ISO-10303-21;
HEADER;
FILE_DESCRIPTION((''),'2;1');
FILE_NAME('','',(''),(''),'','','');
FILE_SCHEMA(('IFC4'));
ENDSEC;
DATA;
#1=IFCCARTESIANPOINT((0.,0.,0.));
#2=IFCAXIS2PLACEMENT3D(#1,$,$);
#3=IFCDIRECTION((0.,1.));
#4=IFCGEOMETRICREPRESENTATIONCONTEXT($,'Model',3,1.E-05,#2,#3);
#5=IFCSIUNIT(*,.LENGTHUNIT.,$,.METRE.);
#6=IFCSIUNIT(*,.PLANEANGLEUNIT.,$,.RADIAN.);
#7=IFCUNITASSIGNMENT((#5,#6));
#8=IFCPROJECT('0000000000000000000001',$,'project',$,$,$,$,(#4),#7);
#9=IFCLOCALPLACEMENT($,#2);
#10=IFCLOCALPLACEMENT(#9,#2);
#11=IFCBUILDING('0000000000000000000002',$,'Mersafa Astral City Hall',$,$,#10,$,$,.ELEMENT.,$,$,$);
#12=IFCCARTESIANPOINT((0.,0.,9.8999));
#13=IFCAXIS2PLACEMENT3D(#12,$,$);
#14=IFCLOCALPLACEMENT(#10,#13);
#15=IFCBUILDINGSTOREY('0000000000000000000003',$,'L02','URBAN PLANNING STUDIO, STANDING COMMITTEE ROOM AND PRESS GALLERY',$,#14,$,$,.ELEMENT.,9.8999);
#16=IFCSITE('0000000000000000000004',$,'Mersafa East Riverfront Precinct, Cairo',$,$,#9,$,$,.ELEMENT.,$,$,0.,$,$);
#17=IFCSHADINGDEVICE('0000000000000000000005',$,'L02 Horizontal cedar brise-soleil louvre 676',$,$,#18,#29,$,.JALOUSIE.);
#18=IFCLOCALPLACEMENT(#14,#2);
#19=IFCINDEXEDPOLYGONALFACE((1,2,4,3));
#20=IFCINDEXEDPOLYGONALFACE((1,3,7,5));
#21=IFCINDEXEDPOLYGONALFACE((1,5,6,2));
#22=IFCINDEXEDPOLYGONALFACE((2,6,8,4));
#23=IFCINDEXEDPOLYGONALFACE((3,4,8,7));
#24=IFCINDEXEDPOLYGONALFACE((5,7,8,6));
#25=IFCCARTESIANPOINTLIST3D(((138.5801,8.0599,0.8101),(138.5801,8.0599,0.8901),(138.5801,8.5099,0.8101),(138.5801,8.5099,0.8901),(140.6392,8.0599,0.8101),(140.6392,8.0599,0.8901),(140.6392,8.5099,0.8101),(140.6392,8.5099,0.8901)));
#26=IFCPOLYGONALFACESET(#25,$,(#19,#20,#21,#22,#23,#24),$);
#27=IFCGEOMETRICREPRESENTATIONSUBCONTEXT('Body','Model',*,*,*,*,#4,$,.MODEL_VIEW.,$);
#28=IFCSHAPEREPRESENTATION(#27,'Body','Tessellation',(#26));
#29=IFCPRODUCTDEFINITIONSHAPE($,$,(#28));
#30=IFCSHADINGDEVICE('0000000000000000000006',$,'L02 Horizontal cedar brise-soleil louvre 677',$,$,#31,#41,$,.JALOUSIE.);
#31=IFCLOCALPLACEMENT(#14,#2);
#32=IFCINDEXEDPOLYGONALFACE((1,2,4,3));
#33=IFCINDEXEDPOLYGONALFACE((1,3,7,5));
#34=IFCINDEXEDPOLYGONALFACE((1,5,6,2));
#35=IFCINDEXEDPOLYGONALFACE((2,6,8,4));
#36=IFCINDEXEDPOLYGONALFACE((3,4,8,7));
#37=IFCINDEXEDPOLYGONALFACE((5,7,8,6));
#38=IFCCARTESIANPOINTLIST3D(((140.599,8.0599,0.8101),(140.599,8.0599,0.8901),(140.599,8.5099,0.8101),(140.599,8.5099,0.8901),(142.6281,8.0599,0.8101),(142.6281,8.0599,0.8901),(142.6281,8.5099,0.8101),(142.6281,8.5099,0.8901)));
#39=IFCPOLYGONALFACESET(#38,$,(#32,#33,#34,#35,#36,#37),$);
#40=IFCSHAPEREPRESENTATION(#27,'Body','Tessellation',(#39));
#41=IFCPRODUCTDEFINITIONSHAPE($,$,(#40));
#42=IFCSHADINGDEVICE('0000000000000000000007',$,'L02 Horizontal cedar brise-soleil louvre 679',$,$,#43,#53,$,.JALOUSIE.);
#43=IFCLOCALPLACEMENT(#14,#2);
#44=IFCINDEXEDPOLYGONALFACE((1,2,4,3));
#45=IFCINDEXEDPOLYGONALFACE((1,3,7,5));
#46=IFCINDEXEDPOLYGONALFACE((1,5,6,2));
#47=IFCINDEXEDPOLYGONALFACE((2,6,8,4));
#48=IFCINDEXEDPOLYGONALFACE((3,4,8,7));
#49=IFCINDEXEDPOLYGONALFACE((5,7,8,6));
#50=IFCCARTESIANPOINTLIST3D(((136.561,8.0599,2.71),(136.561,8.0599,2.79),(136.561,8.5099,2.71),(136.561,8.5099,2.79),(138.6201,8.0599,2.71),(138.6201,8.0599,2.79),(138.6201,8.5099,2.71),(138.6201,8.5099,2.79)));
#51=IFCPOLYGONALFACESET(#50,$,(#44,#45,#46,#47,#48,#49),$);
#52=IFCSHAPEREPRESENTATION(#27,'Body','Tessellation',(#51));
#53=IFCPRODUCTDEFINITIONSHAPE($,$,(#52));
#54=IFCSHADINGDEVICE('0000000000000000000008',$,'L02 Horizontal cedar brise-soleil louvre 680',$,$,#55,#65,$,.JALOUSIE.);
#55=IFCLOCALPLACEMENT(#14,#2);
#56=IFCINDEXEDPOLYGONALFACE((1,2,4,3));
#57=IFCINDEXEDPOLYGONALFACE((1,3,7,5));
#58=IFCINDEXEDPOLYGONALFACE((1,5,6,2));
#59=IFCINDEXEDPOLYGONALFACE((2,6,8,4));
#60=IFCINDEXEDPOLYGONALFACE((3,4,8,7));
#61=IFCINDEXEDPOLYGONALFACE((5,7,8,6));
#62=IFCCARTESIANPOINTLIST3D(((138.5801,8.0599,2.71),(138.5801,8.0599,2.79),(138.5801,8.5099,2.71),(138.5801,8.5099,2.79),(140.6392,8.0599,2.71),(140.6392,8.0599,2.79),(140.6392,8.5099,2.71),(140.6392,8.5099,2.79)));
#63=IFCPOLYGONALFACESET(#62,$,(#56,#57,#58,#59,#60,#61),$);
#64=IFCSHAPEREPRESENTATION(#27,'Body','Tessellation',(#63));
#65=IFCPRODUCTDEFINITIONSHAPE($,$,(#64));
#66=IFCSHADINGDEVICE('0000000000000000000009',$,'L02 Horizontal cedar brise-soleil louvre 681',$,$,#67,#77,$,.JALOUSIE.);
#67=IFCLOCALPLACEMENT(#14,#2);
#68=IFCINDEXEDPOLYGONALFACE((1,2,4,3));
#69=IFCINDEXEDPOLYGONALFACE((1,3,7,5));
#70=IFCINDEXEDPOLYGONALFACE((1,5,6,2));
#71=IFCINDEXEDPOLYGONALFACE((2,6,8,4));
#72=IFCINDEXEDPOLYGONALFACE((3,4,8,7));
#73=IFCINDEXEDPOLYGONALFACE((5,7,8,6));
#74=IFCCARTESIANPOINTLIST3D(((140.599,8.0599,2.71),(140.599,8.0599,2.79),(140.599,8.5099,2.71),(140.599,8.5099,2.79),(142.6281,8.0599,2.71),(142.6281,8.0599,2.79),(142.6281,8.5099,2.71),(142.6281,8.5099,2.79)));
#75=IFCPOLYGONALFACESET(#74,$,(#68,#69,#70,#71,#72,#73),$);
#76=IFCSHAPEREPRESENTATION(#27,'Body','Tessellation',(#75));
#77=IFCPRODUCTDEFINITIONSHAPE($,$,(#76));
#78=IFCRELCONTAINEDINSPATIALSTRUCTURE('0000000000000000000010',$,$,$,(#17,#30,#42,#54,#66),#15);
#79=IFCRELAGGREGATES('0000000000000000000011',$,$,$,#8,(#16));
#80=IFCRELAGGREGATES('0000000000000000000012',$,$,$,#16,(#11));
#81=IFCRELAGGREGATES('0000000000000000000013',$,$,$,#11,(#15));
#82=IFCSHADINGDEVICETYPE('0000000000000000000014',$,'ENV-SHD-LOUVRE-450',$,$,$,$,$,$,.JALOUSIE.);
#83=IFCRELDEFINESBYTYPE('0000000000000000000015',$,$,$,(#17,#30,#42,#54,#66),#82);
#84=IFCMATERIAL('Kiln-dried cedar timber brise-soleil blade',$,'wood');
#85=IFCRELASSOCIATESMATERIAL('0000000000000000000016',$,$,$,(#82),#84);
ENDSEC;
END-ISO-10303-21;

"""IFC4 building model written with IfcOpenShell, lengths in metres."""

from ifc_helpers import new_model, si_unit, direction, frame, origin, origin_2d, place, context, subcontext, project, spatial, rectangle, extrude, material, type_object, element, save


model = new_model("IFC4")

# Units and contexts
model_context = context("Model", 3, precision=1e-05, world=origin(), true_north=direction((0.0, 1.0)))
body_context = subcontext(model_context, "Body", "Model", "MODEL_VIEW")
ifc_project = project(units=[si_unit("LENGTHUNIT", "METRE"), si_unit("PLANEANGLEUNIT", "RADIAN")], contexts=[model_context])

# Site, building, storey
site_placement = place(None, origin())
site = spatial("IfcSite", under=ifc_project, at=site_placement, Name="Mersafa East Riverfront Precinct, Cairo", CompositionType="ELEMENT", RefElevation=0.0)
building_placement = place(site_placement, origin())
building = spatial("IfcBuilding", under=site, at=building_placement, Name="Mersafa Astral City Hall", CompositionType="ELEMENT")
storey_placement = place(building_placement, frame((0.0, 0.0, 9.8999)))
storey = spatial("IfcBuildingStorey", under=building, at=storey_placement, Name="L02", Description="URBAN PLANNING STUDIO, STANDING COMMITTEE ROOM AND PRESS GALLERY", CompositionType="ELEMENT", Elevation=9.8999)

# Shading devices
ifc_material_1 = material(Name="Kiln-dried cedar timber brise-soleil blade", Category="wood")
shading_device_type = type_object("IfcShadingDeviceType", Name="ENV-SHD-LOUVRE-450", PredefinedType="JALOUSIE", material=ifc_material_1)
for number, where, z_axis, x_axis, name in (
    (1, (139.6096, 8.2849, 0.8101), (0.0, 0.0, 1.0), (1.0, 0.0, 0.0), "L02 Horizontal cedar brise-soleil louvre 676"),
):
    element("IfcShadingDevice", number, at=place(storey_placement, frame(where, z_axis=z_axis, x_axis=x_axis)), inside=storey, type_object=shading_device_type, Name=name, PredefinedType="JALOUSIE", context=body_context, shape_type="SweptSolid", body=[
        extrude(rectangle(XDim=2.0591, YDim=0.45, at=origin_2d()), origin(), (0.0, 0.0, 1.0), 0.0801),
    ])
shading_device_1_placement = place(storey_placement, frame((141.6135, 8.2849, 0.8101), z_axis=(0.0, 0.0, 1.0), x_axis=(1.0, 0.0, 0.0)))
element("IfcShadingDevice", 2, at=shading_device_1_placement, inside=storey, type_object=shading_device_type, Name="L02 Horizontal cedar brise-soleil louvre 677", PredefinedType="JALOUSIE", context=body_context, shape_type="SweptSolid", body=[
    extrude(rectangle(XDim=2.0291, YDim=0.45, at=origin_2d()), origin(), (0.0, 0.0, 1.0), 0.0801),
])
for number, where, z_axis, x_axis, name in (
    (3, (137.5906, 8.2849, 2.71), (0.0, 0.0, 1.0), (1.0, 0.0, 0.0), "L02 Horizontal cedar brise-soleil louvre 679"),
    (4, (139.6096, 8.2849, 2.71), (0.0, 0.0, 1.0), (1.0, 0.0, 0.0), "L02 Horizontal cedar brise-soleil louvre 680"),
):
    element("IfcShadingDevice", number, at=place(storey_placement, frame(where, z_axis=z_axis, x_axis=x_axis)), inside=storey, type_object=shading_device_type, Name=name, PredefinedType="JALOUSIE", context=body_context, shape_type="SweptSolid", body=[
        extrude(rectangle(XDim=2.0591, YDim=0.45, at=origin_2d()), origin(), (0.0, 0.0, 1.0), 0.0801),
    ])
shading_device_2_placement = place(storey_placement, frame((141.6135, 8.2849, 2.71), z_axis=(0.0, 0.0, 1.0), x_axis=(1.0, 0.0, 0.0)))
element("IfcShadingDevice", 5, at=shading_device_2_placement, inside=storey, type_object=shading_device_type, Name="L02 Horizontal cedar brise-soleil louvre 681", PredefinedType="JALOUSIE", context=body_context, shape_type="SweptSolid", body=[
    extrude(rectangle(XDim=2.0291, YDim=0.45, at=origin_2d()), origin(), (0.0, 0.0, 1.0), 0.0801),
])

save(model, "model.ifc")
